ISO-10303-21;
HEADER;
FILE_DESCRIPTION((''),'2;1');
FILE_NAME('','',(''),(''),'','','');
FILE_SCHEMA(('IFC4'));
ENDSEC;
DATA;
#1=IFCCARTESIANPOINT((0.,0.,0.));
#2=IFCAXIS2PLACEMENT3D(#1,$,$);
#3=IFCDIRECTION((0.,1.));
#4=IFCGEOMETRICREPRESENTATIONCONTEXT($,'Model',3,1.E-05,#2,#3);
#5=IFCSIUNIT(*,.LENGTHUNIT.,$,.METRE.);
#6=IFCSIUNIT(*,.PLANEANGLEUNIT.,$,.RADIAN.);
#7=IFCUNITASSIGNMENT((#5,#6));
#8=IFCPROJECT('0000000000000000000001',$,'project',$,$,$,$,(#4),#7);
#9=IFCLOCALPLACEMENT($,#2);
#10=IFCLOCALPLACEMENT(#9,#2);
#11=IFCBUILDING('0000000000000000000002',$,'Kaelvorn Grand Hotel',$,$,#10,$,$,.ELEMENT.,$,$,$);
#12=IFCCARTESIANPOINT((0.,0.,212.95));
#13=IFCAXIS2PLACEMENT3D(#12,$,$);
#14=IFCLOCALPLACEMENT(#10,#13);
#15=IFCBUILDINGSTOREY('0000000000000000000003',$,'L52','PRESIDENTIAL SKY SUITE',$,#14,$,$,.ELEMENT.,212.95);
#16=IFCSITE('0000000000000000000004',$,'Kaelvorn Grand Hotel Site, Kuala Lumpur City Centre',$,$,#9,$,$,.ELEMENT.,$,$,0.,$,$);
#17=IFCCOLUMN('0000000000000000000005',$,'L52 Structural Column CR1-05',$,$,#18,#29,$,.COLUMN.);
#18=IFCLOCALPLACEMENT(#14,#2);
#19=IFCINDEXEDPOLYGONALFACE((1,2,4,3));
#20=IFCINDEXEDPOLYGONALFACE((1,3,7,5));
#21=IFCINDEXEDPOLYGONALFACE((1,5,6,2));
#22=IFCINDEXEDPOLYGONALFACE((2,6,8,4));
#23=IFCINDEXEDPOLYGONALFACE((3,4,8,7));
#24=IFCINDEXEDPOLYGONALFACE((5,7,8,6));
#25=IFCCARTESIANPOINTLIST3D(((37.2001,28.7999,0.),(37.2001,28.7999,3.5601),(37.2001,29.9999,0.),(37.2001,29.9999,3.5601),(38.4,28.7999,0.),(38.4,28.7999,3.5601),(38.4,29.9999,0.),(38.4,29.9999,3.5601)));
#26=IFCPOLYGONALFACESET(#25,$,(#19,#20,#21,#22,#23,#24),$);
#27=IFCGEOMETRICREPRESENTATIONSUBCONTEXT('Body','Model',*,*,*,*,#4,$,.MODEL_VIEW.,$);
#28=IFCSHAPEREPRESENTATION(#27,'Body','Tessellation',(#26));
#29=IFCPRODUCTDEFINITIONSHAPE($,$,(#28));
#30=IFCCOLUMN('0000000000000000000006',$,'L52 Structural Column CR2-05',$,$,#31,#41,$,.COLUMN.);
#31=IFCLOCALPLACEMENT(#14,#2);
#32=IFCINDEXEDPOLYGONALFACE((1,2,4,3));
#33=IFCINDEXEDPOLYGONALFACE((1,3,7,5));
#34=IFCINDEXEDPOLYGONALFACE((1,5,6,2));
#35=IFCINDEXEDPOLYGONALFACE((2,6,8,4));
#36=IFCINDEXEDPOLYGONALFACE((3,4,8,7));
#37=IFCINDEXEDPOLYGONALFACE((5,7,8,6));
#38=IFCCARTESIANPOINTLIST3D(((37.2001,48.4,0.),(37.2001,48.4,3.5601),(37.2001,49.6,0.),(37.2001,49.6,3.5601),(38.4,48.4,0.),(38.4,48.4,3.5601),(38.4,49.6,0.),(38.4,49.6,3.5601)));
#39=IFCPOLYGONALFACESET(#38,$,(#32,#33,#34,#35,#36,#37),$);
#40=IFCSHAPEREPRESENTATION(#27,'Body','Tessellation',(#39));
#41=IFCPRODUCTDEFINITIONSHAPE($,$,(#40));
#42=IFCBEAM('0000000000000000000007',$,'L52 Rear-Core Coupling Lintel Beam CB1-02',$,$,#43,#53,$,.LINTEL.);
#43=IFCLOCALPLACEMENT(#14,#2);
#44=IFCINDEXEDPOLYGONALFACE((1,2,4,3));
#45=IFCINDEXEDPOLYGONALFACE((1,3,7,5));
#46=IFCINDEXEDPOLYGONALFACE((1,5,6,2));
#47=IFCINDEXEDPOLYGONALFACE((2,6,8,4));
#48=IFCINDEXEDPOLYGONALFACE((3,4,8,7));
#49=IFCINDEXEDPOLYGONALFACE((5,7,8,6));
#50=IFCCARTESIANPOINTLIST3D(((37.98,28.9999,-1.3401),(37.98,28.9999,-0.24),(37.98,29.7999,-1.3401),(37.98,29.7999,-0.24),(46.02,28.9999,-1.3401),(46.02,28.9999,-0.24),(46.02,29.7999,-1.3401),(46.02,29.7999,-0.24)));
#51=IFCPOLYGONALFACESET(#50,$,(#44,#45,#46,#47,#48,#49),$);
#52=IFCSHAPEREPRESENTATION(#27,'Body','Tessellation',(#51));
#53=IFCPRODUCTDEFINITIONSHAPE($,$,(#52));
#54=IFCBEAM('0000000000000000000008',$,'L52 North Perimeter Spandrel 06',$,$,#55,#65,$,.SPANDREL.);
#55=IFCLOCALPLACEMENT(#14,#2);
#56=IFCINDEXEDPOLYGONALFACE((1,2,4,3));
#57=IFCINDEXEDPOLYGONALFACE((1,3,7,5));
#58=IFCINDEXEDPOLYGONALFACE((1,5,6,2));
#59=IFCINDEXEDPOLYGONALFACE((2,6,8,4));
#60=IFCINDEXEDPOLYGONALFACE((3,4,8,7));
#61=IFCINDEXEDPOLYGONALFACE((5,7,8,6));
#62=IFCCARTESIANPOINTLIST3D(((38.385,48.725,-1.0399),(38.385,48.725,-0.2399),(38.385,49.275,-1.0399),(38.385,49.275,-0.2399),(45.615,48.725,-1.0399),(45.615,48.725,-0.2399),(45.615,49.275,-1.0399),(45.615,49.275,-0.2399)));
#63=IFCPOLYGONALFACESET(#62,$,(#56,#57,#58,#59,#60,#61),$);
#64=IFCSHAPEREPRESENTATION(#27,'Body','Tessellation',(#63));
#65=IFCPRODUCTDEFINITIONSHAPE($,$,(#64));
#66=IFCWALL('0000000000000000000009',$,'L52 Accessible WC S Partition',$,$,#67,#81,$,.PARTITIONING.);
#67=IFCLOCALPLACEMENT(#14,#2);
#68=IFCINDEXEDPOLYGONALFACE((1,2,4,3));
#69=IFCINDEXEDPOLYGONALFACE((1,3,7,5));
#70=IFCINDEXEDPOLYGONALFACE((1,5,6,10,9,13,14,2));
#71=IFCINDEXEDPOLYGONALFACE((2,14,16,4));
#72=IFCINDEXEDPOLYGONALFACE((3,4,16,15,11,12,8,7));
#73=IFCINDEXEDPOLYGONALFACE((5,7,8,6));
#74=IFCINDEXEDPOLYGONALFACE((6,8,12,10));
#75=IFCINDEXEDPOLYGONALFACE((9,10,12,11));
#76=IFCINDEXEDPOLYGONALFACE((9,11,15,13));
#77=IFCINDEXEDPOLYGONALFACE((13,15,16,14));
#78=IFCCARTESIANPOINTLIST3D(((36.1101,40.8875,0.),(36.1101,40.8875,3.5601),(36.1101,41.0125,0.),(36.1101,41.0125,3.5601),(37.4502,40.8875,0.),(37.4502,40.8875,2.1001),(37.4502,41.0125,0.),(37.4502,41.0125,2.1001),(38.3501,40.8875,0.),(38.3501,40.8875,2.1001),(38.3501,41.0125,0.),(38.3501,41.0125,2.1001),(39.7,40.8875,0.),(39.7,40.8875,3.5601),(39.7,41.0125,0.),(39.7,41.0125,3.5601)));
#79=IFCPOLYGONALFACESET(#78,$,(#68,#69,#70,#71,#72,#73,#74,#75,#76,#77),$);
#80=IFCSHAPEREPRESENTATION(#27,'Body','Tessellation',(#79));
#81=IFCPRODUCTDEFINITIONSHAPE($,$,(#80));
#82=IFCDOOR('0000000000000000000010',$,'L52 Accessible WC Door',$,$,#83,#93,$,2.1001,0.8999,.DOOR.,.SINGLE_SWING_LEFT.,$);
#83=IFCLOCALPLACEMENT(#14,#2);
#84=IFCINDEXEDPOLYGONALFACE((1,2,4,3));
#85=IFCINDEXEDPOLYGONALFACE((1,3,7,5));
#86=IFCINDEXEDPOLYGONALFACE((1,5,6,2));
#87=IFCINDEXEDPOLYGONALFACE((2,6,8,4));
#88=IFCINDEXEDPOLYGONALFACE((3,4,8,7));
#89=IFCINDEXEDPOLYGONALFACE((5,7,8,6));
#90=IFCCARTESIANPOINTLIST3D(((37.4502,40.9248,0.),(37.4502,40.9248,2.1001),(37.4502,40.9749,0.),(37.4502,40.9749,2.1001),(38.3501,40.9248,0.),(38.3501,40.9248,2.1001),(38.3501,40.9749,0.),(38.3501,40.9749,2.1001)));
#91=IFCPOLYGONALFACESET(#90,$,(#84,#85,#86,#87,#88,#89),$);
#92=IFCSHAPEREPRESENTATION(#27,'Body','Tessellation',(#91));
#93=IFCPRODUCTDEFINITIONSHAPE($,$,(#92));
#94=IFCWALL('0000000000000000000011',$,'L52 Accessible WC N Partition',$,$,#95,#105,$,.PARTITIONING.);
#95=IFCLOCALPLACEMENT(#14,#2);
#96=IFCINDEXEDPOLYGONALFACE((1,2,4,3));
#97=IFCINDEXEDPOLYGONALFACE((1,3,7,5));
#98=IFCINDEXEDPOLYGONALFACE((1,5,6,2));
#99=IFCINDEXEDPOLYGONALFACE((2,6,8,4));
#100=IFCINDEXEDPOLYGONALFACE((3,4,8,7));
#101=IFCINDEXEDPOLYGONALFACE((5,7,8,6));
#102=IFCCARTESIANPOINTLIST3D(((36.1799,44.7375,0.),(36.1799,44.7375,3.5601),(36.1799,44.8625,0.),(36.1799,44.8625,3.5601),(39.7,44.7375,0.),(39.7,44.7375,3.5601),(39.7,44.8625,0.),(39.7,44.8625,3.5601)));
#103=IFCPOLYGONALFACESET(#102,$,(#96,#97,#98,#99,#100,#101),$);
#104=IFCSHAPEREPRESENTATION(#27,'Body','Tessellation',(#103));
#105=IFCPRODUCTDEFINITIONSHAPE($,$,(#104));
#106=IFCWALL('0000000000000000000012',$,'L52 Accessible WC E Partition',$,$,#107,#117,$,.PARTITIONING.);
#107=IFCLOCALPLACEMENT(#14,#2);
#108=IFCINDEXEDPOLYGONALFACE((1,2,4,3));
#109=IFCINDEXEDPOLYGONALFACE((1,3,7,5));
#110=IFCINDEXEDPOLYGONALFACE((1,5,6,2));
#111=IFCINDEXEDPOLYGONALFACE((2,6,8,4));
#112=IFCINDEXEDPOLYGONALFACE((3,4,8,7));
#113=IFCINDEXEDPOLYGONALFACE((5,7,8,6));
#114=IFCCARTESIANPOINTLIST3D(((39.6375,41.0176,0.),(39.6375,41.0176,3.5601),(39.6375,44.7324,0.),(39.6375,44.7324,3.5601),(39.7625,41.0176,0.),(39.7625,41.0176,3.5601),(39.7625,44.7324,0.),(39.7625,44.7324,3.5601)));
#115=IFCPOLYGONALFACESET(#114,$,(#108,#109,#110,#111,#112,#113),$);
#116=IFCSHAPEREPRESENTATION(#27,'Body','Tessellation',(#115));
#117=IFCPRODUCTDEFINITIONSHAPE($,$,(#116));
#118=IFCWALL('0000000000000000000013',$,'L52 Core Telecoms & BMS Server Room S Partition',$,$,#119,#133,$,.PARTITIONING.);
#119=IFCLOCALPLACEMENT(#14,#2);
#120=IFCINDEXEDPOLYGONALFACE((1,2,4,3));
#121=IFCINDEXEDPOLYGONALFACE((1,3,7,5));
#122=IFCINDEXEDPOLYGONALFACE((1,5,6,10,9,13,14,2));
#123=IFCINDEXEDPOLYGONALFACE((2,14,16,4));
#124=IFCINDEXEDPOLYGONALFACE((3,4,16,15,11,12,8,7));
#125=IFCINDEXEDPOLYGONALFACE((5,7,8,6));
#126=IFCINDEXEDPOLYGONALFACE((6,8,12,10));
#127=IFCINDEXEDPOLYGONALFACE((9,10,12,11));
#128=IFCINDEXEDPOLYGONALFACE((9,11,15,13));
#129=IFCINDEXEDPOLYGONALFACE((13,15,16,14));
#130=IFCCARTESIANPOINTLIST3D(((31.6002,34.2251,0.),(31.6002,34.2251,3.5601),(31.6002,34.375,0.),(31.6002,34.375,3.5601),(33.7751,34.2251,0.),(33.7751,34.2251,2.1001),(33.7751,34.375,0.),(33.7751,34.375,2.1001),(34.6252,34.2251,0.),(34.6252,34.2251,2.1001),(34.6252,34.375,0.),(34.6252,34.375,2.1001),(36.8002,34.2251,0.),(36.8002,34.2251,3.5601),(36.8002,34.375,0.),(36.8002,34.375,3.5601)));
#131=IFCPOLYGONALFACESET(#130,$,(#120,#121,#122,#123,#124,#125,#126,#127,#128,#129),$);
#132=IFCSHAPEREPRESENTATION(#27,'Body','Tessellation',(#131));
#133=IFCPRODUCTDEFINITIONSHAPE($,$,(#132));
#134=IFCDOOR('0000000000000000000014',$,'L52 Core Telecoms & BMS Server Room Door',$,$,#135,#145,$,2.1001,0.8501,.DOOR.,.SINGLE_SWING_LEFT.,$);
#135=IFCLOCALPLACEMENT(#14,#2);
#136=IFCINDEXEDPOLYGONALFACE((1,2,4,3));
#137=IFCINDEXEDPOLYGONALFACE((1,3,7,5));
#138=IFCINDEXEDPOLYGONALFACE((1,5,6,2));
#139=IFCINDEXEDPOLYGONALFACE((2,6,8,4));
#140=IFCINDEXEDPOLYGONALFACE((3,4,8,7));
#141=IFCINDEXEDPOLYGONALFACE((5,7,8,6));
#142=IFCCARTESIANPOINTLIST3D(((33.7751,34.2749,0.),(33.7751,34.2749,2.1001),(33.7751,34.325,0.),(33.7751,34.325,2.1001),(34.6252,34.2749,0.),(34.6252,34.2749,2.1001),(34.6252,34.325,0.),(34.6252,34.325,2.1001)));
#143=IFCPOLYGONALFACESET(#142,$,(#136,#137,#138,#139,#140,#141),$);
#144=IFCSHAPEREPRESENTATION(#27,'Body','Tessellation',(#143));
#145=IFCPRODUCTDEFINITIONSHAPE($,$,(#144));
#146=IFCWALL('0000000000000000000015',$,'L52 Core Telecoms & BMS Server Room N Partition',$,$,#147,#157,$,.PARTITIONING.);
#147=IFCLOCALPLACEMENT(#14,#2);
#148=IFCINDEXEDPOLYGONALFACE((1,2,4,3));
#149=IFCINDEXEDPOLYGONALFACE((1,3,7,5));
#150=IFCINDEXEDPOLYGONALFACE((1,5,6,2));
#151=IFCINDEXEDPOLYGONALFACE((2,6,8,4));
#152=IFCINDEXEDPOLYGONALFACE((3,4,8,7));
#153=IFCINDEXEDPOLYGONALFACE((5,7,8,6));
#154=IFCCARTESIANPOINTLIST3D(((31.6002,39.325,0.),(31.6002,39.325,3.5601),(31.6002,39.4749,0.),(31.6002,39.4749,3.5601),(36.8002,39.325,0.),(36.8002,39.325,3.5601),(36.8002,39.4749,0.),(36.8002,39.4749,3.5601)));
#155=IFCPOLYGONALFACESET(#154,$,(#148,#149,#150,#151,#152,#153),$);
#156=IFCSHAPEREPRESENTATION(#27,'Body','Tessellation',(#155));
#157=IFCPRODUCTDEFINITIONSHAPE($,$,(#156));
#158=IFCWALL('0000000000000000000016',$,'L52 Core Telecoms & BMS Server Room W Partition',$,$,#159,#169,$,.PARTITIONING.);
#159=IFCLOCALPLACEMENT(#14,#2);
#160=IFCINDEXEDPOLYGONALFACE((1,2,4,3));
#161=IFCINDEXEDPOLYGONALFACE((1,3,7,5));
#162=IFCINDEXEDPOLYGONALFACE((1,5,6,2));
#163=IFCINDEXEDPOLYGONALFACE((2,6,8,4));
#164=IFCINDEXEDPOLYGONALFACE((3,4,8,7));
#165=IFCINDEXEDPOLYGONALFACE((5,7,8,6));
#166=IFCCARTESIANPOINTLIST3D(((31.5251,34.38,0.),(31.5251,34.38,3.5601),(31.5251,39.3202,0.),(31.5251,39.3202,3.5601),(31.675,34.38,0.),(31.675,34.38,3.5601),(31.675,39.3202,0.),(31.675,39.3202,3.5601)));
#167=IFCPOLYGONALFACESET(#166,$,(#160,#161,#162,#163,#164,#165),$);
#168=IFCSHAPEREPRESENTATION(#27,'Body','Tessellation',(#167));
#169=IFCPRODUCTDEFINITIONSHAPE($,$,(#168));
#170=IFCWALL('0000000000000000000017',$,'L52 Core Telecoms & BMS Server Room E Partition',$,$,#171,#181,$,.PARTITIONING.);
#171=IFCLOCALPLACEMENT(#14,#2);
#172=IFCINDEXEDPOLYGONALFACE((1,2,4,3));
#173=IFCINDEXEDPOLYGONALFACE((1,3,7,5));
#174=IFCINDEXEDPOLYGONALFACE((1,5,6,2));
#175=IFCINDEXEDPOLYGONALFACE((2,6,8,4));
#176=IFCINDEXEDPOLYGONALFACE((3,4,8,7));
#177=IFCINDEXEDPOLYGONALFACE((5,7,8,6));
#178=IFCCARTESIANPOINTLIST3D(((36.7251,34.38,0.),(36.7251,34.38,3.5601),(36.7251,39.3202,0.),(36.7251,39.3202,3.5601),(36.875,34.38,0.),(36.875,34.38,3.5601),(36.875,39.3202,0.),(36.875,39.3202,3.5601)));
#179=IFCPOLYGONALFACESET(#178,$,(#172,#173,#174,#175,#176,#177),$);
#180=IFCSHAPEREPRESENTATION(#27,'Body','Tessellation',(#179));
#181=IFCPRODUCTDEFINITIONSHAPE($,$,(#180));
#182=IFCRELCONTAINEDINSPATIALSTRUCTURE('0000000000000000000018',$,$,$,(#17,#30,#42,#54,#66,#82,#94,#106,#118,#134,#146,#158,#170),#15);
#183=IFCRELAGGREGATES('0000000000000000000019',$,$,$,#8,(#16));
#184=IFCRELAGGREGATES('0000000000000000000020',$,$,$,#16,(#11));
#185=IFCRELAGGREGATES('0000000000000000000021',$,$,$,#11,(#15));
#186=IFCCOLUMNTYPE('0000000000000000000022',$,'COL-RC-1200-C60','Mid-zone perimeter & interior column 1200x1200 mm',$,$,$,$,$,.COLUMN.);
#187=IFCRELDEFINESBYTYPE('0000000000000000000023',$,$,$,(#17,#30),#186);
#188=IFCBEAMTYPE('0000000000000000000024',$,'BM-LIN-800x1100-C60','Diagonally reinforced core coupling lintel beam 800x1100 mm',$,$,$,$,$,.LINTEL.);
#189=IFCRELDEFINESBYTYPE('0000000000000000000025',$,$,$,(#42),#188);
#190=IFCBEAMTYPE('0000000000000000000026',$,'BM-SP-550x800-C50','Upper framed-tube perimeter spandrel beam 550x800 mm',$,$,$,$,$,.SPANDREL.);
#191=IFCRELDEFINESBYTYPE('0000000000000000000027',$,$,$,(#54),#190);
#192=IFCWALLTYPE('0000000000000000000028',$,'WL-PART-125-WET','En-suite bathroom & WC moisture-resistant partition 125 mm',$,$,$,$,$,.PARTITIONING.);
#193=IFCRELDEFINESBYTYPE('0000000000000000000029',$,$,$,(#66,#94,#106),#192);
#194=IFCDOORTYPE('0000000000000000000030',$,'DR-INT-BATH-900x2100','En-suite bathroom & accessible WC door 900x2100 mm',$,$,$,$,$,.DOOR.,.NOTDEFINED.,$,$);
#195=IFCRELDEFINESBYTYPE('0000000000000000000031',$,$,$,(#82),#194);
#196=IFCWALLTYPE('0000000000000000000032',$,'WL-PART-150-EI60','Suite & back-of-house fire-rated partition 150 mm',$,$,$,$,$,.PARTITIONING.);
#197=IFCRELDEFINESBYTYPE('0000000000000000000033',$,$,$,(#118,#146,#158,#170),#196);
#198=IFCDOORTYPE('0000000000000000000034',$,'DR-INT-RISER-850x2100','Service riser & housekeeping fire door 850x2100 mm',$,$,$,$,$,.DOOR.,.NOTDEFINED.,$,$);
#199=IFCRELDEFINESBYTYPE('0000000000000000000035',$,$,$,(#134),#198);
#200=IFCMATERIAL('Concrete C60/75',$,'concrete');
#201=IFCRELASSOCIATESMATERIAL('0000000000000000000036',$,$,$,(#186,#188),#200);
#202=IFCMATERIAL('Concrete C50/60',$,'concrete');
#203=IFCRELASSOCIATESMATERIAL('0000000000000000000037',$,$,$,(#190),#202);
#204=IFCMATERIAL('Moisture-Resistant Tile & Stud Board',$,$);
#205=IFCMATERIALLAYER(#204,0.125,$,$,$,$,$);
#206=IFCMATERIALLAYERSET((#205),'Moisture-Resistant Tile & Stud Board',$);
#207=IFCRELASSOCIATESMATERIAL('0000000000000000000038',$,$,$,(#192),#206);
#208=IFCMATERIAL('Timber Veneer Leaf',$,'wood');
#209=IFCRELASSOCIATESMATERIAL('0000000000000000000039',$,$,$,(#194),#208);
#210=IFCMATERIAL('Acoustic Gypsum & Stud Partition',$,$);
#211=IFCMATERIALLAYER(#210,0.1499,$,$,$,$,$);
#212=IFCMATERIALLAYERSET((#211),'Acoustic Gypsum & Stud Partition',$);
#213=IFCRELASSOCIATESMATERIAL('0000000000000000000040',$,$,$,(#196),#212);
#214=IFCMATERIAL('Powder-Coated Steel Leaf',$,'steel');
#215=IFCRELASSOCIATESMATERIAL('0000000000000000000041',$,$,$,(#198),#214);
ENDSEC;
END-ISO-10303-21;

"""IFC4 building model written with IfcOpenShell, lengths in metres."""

from ifc_helpers import new_model, si_unit, direction, frame, frame_2d, origin, origin_2d, place, context, subcontext, project, spatial, rectangle, extrude, material, layer, layer_set, material_profile, profile_set, type_object, element, fill, save


model = new_model("IFC4")

# Units and contexts
model_context = context("Model", 3, precision=1e-05, world=origin(), true_north=direction((0.0, 1.0)))
body_context = subcontext(model_context, "Body", "Model", "MODEL_VIEW")
ifc_project = project(units=[si_unit("LENGTHUNIT", "METRE"), si_unit("PLANEANGLEUNIT", "RADIAN")], contexts=[model_context])

# Site, building, storey
site_placement = place(None, origin())
site = spatial("IfcSite", under=ifc_project, at=site_placement, Name="Kaelvorn Grand Hotel Site, Kuala Lumpur City Centre", CompositionType="ELEMENT", RefElevation=0.0)
building_placement = place(site_placement, origin())
building = spatial("IfcBuilding", under=site, at=building_placement, Name="Kaelvorn Grand Hotel", CompositionType="ELEMENT")
storey_placement = place(building_placement, frame((0.0, 0.0, 212.95)))
storey = spatial("IfcBuildingStorey", under=building, at=storey_placement, Name="L52", Description="PRESIDENTIAL SKY SUITE", CompositionType="ELEMENT", Elevation=212.95)

# Columns
ifc_material_1 = material(Name="Concrete C60/75", Category="concrete")
ifc_material_profile_1 = material_profile(ifc_material_1, rectangle(XDim=1.2, YDim=1.2, at=origin_2d()), Name="RC COL 1200x1200")
ifc_profile_set_1 = profile_set([ifc_material_profile_1], Name="Concrete C60/75")
column_type = type_object("IfcColumnType", Name="COL-RC-1200-C60", Description="Mid-zone perimeter & interior column 1200x1200 mm", PredefinedType="COLUMN", material=ifc_profile_set_1)
for number, where, z_axis, x_axis, name in (
    (1, (37.8, 29.3999, 0.0), (0.0, 0.0, 1.0), (1.0, 0.0, 0.0), "L52 Structural Column CR1-05"),
    (2, (37.8, 49.0, 0.0), (0.0, 0.0, 1.0), (1.0, 0.0, 0.0), "L52 Structural Column CR2-05"),
):
    element("IfcColumn", number, at=place(storey_placement, frame(where, z_axis=z_axis, x_axis=x_axis)), inside=storey, type_object=column_type, Name=name, PredefinedType="COLUMN", context=body_context, shape_type="SweptSolid", body=[
        extrude(rectangle(XDim=1.2, YDim=1.2, at=origin_2d()), origin(), (0.0, 0.0, 1.0), 3.5601),
    ])

# Beams
ifc_material_profile_2 = material_profile(ifc_material_1, rectangle(XDim=0.8, YDim=1.1001, at=origin_2d()), Name="RC LINTEL 800x1100")
ifc_profile_set_2 = profile_set([ifc_material_profile_2], Name="Concrete C60/75")
beam_type_1 = type_object("IfcBeamType", Name="BM-LIN-800x1100-C60", Description="Diagonally reinforced core coupling lintel beam 800x1100 mm", PredefinedType="LINTEL", material=ifc_profile_set_2)
beam_1_placement = place(storey_placement, frame((37.98, 29.3999, -0.79), z_axis=(1.0, 0.0, 0.0), x_axis=(0.0, 1.0, 0.0)))
element("IfcBeam", 3, at=beam_1_placement, inside=storey, type_object=beam_type_1, Name="L52 Rear-Core Coupling Lintel Beam CB1-02", PredefinedType="LINTEL", context=body_context, shape_type="SweptSolid", body=[
    extrude(rectangle(XDim=0.8, YDim=1.1001, at=origin_2d()), origin(), (0.0, 0.0, 1.0), 8.04),
])
ifc_material_2 = material(Name="Concrete C50/60", Category="concrete")
ifc_material_profile_3 = material_profile(ifc_material_2, rectangle(XDim=0.55, YDim=0.8, at=origin_2d()), Name="RC SPANDREL 550x800")
ifc_profile_set_3 = profile_set([ifc_material_profile_3], Name="Concrete C50/60")
beam_type_2 = type_object("IfcBeamType", Name="BM-SP-550x800-C50", Description="Upper framed-tube perimeter spandrel beam 550x800 mm", PredefinedType="SPANDREL", material=ifc_profile_set_3)
beam_2_placement = place(storey_placement, frame((38.385, 49.0, -0.6399), z_axis=(1.0, 0.0, 0.0), x_axis=(0.0, 1.0, 0.0)))
element("IfcBeam", 4, at=beam_2_placement, inside=storey, type_object=beam_type_2, Name="L52 North Perimeter Spandrel 06", PredefinedType="SPANDREL", context=body_context, shape_type="SweptSolid", body=[
    extrude(rectangle(XDim=0.55, YDim=0.8, at=origin_2d()), origin(), (0.0, 0.0, 1.0), 7.23),
])

# Wall, opening, door
ifc_material_3 = material(Name="Moisture-Resistant Tile & Stud Board")
ifc_layer_1 = layer(ifc_material_3, 0.125)
ifc_layer_set_1 = layer_set([ifc_layer_1], Name="Moisture-Resistant Tile & Stud Board")
wall_type_1 = type_object("IfcWallType", Name="WL-PART-125-WET", Description="En-suite bathroom & WC moisture-resistant partition 125 mm", PredefinedType="PARTITIONING", material=ifc_layer_set_1)
wall_1_placement = place(storey_placement, frame((36.1101, 40.95, 0.0), z_axis=(0.0, 0.0, 1.0), x_axis=(1.0, 0.0, 0.0)))
wall_1 = element("IfcWall", 5, at=wall_1_placement, inside=storey, type_object=wall_type_1, Name="L52 Accessible WC S Partition", PredefinedType="PARTITIONING", context=body_context, shape_type="SweptSolid", body=[
    extrude(rectangle(XDim=3.5898, YDim=0.125, at=frame_2d((1.7949, 0.0))), origin(), (0.0, 0.0, 1.0), 3.5601),
])
opening_1_placement = place(wall_1_placement, frame((1.3401, 0.0, 0.0)))
opening_1 = element("IfcOpeningElement", 6, at=opening_1_placement, cuts=wall_1, PredefinedType="OPENING", context=body_context, shape_type="SweptSolid", body=[
    extrude(rectangle(XDim=0.8999, YDim=2.1001, at=frame_2d((0.45, 1.05))), frame((0.0, 0.0725, 0.0), z_axis=(0.0, -1.0, 0.0), x_axis=(1.0, 0.0, 0.0)), (0.0, 0.0, 1.0), 0.145),
])
ifc_material_4 = material(Name="Timber Veneer Leaf", Category="wood")
door_type_1 = type_object("IfcDoorType", Name="DR-INT-BATH-900x2100", Description="En-suite bathroom & accessible WC door 900x2100 mm", OperationType="NOTDEFINED", PredefinedType="DOOR", material=ifc_material_4)
door_1_placement = place(opening_1_placement, origin())
door_1 = element("IfcDoor", 7, at=door_1_placement, inside=storey, type_object=door_type_1, Name="L52 Accessible WC Door", OperationType="SINGLE_SWING_LEFT", OverallHeight=2.1001, OverallWidth=0.8999, PredefinedType="DOOR", context=body_context, shape_type="SweptSolid", body=[
    extrude(rectangle(XDim=0.8999, YDim=2.1001, at=frame_2d((0.45, 1.05))), frame((0.0, 0.0249, 0.0), z_axis=(0.0, -1.0, 0.0), x_axis=(1.0, 0.0, 0.0)), (0.0, 0.0, 1.0), 0.05),
])
fill(opening_1, door_1)

# Walls
wall_2_placement = place(storey_placement, frame((36.1799, 44.8, 0.0), z_axis=(0.0, 0.0, 1.0), x_axis=(1.0, 0.0, 0.0)))
element("IfcWall", 8, at=wall_2_placement, inside=storey, type_object=wall_type_1, Name="L52 Accessible WC N Partition", PredefinedType="PARTITIONING", context=body_context, shape_type="SweptSolid", body=[
    extrude(rectangle(XDim=3.52, YDim=0.125, at=frame_2d((1.76, 0.0))), origin(), (0.0, 0.0, 1.0), 3.5601),
])
wall_3_placement = place(storey_placement, frame((39.7, 41.0176, 0.0), z_axis=(0.0, 0.0, 1.0), x_axis=(0.0, 1.0, 0.0)))
element("IfcWall", 9, at=wall_3_placement, inside=storey, type_object=wall_type_1, Name="L52 Accessible WC E Partition", PredefinedType="PARTITIONING", context=body_context, shape_type="SweptSolid", body=[
    extrude(rectangle(XDim=3.7148, YDim=0.125, at=frame_2d((1.8574, 0.0))), origin(), (0.0, 0.0, 1.0), 3.5601),
])

# Wall, opening, door
ifc_material_5 = material(Name="Acoustic Gypsum & Stud Partition")
ifc_layer_2 = layer(ifc_material_5, 0.1499)
ifc_layer_set_2 = layer_set([ifc_layer_2], Name="Acoustic Gypsum & Stud Partition")
wall_type_2 = type_object("IfcWallType", Name="WL-PART-150-EI60", Description="Suite & back-of-house fire-rated partition 150 mm", PredefinedType="PARTITIONING", material=ifc_layer_set_2)
wall_4_placement = place(storey_placement, frame((31.6001, 34.3, 0.0), z_axis=(0.0, 0.0, 1.0), x_axis=(1.0, 0.0, 0.0)))
wall_4 = element("IfcWall", 10, at=wall_4_placement, inside=storey, type_object=wall_type_2, Name="L52 Core Telecoms & BMS Server Room S Partition", PredefinedType="PARTITIONING", context=body_context, shape_type="SweptSolid", body=[
    extrude(rectangle(XDim=5.2, YDim=0.1499, at=frame_2d((2.6001, 0.0))), origin(), (0.0, 0.0, 1.0), 3.5601),
])
opening_2_placement = place(wall_4_placement, frame((2.175, 0.0, 0.0)))
opening_2 = element("IfcOpeningElement", 11, at=opening_2_placement, cuts=wall_4, PredefinedType="OPENING", context=body_context, shape_type="SweptSolid", body=[
    extrude(rectangle(XDim=0.8501, YDim=2.1001, at=frame_2d((0.425, 1.05))), frame((0.0, 0.085, 0.0), z_axis=(0.0, -1.0, 0.0), x_axis=(1.0, 0.0, 0.0)), (0.0, 0.0, 1.0), 0.1699),
])
ifc_material_6 = material(Name="Powder-Coated Steel Leaf", Category="steel")
door_type_2 = type_object("IfcDoorType", Name="DR-INT-RISER-850x2100", Description="Service riser & housekeeping fire door 850x2100 mm", OperationType="NOTDEFINED", PredefinedType="DOOR", material=ifc_material_6)
door_2_placement = place(opening_2_placement, origin())
door_2 = element("IfcDoor", 12, at=door_2_placement, inside=storey, type_object=door_type_2, Name="L52 Core Telecoms & BMS Server Room Door", OperationType="SINGLE_SWING_LEFT", OverallHeight=2.1001, OverallWidth=0.8501, PredefinedType="DOOR", context=body_context, shape_type="SweptSolid", body=[
    extrude(rectangle(XDim=0.8501, YDim=2.1001, at=frame_2d((0.425, 1.05))), frame((0.0, 0.0249, 0.0), z_axis=(0.0, -1.0, 0.0), x_axis=(1.0, 0.0, 0.0)), (0.0, 0.0, 1.0), 0.05),
])
fill(opening_2, door_2)

# Walls
wall_5_placement = place(storey_placement, frame((31.6001, 39.3999, 0.0), z_axis=(0.0, 0.0, 1.0), x_axis=(1.0, 0.0, 0.0)))
element("IfcWall", 13, at=wall_5_placement, inside=storey, type_object=wall_type_2, Name="L52 Core Telecoms & BMS Server Room N Partition", PredefinedType="PARTITIONING", context=body_context, shape_type="SweptSolid", body=[
    extrude(rectangle(XDim=5.2, YDim=0.1499, at=frame_2d((2.6001, 0.0))), origin(), (0.0, 0.0, 1.0), 3.5601),
])
for number, where, z_axis, x_axis, name in (
    (14, (31.6001, 34.3799, 0.0), (0.0, 0.0, 1.0), (0.0, 1.0, 0.0), "L52 Core Telecoms & BMS Server Room W Partition"),
    (15, (36.8, 34.3799, 0.0), (0.0, 0.0, 1.0), (0.0, 1.0, 0.0), "L52 Core Telecoms & BMS Server Room E Partition"),
):
    element("IfcWall", number, at=place(storey_placement, frame(where, z_axis=z_axis, x_axis=x_axis)), inside=storey, type_object=wall_type_2, Name=name, PredefinedType="PARTITIONING", context=body_context, shape_type="SweptSolid", body=[
        extrude(rectangle(XDim=4.9402, YDim=0.1499, at=frame_2d((2.4702, 0.0))), origin(), (0.0, 0.0, 1.0), 3.5601),
    ])

save(model, "model.ifc")
